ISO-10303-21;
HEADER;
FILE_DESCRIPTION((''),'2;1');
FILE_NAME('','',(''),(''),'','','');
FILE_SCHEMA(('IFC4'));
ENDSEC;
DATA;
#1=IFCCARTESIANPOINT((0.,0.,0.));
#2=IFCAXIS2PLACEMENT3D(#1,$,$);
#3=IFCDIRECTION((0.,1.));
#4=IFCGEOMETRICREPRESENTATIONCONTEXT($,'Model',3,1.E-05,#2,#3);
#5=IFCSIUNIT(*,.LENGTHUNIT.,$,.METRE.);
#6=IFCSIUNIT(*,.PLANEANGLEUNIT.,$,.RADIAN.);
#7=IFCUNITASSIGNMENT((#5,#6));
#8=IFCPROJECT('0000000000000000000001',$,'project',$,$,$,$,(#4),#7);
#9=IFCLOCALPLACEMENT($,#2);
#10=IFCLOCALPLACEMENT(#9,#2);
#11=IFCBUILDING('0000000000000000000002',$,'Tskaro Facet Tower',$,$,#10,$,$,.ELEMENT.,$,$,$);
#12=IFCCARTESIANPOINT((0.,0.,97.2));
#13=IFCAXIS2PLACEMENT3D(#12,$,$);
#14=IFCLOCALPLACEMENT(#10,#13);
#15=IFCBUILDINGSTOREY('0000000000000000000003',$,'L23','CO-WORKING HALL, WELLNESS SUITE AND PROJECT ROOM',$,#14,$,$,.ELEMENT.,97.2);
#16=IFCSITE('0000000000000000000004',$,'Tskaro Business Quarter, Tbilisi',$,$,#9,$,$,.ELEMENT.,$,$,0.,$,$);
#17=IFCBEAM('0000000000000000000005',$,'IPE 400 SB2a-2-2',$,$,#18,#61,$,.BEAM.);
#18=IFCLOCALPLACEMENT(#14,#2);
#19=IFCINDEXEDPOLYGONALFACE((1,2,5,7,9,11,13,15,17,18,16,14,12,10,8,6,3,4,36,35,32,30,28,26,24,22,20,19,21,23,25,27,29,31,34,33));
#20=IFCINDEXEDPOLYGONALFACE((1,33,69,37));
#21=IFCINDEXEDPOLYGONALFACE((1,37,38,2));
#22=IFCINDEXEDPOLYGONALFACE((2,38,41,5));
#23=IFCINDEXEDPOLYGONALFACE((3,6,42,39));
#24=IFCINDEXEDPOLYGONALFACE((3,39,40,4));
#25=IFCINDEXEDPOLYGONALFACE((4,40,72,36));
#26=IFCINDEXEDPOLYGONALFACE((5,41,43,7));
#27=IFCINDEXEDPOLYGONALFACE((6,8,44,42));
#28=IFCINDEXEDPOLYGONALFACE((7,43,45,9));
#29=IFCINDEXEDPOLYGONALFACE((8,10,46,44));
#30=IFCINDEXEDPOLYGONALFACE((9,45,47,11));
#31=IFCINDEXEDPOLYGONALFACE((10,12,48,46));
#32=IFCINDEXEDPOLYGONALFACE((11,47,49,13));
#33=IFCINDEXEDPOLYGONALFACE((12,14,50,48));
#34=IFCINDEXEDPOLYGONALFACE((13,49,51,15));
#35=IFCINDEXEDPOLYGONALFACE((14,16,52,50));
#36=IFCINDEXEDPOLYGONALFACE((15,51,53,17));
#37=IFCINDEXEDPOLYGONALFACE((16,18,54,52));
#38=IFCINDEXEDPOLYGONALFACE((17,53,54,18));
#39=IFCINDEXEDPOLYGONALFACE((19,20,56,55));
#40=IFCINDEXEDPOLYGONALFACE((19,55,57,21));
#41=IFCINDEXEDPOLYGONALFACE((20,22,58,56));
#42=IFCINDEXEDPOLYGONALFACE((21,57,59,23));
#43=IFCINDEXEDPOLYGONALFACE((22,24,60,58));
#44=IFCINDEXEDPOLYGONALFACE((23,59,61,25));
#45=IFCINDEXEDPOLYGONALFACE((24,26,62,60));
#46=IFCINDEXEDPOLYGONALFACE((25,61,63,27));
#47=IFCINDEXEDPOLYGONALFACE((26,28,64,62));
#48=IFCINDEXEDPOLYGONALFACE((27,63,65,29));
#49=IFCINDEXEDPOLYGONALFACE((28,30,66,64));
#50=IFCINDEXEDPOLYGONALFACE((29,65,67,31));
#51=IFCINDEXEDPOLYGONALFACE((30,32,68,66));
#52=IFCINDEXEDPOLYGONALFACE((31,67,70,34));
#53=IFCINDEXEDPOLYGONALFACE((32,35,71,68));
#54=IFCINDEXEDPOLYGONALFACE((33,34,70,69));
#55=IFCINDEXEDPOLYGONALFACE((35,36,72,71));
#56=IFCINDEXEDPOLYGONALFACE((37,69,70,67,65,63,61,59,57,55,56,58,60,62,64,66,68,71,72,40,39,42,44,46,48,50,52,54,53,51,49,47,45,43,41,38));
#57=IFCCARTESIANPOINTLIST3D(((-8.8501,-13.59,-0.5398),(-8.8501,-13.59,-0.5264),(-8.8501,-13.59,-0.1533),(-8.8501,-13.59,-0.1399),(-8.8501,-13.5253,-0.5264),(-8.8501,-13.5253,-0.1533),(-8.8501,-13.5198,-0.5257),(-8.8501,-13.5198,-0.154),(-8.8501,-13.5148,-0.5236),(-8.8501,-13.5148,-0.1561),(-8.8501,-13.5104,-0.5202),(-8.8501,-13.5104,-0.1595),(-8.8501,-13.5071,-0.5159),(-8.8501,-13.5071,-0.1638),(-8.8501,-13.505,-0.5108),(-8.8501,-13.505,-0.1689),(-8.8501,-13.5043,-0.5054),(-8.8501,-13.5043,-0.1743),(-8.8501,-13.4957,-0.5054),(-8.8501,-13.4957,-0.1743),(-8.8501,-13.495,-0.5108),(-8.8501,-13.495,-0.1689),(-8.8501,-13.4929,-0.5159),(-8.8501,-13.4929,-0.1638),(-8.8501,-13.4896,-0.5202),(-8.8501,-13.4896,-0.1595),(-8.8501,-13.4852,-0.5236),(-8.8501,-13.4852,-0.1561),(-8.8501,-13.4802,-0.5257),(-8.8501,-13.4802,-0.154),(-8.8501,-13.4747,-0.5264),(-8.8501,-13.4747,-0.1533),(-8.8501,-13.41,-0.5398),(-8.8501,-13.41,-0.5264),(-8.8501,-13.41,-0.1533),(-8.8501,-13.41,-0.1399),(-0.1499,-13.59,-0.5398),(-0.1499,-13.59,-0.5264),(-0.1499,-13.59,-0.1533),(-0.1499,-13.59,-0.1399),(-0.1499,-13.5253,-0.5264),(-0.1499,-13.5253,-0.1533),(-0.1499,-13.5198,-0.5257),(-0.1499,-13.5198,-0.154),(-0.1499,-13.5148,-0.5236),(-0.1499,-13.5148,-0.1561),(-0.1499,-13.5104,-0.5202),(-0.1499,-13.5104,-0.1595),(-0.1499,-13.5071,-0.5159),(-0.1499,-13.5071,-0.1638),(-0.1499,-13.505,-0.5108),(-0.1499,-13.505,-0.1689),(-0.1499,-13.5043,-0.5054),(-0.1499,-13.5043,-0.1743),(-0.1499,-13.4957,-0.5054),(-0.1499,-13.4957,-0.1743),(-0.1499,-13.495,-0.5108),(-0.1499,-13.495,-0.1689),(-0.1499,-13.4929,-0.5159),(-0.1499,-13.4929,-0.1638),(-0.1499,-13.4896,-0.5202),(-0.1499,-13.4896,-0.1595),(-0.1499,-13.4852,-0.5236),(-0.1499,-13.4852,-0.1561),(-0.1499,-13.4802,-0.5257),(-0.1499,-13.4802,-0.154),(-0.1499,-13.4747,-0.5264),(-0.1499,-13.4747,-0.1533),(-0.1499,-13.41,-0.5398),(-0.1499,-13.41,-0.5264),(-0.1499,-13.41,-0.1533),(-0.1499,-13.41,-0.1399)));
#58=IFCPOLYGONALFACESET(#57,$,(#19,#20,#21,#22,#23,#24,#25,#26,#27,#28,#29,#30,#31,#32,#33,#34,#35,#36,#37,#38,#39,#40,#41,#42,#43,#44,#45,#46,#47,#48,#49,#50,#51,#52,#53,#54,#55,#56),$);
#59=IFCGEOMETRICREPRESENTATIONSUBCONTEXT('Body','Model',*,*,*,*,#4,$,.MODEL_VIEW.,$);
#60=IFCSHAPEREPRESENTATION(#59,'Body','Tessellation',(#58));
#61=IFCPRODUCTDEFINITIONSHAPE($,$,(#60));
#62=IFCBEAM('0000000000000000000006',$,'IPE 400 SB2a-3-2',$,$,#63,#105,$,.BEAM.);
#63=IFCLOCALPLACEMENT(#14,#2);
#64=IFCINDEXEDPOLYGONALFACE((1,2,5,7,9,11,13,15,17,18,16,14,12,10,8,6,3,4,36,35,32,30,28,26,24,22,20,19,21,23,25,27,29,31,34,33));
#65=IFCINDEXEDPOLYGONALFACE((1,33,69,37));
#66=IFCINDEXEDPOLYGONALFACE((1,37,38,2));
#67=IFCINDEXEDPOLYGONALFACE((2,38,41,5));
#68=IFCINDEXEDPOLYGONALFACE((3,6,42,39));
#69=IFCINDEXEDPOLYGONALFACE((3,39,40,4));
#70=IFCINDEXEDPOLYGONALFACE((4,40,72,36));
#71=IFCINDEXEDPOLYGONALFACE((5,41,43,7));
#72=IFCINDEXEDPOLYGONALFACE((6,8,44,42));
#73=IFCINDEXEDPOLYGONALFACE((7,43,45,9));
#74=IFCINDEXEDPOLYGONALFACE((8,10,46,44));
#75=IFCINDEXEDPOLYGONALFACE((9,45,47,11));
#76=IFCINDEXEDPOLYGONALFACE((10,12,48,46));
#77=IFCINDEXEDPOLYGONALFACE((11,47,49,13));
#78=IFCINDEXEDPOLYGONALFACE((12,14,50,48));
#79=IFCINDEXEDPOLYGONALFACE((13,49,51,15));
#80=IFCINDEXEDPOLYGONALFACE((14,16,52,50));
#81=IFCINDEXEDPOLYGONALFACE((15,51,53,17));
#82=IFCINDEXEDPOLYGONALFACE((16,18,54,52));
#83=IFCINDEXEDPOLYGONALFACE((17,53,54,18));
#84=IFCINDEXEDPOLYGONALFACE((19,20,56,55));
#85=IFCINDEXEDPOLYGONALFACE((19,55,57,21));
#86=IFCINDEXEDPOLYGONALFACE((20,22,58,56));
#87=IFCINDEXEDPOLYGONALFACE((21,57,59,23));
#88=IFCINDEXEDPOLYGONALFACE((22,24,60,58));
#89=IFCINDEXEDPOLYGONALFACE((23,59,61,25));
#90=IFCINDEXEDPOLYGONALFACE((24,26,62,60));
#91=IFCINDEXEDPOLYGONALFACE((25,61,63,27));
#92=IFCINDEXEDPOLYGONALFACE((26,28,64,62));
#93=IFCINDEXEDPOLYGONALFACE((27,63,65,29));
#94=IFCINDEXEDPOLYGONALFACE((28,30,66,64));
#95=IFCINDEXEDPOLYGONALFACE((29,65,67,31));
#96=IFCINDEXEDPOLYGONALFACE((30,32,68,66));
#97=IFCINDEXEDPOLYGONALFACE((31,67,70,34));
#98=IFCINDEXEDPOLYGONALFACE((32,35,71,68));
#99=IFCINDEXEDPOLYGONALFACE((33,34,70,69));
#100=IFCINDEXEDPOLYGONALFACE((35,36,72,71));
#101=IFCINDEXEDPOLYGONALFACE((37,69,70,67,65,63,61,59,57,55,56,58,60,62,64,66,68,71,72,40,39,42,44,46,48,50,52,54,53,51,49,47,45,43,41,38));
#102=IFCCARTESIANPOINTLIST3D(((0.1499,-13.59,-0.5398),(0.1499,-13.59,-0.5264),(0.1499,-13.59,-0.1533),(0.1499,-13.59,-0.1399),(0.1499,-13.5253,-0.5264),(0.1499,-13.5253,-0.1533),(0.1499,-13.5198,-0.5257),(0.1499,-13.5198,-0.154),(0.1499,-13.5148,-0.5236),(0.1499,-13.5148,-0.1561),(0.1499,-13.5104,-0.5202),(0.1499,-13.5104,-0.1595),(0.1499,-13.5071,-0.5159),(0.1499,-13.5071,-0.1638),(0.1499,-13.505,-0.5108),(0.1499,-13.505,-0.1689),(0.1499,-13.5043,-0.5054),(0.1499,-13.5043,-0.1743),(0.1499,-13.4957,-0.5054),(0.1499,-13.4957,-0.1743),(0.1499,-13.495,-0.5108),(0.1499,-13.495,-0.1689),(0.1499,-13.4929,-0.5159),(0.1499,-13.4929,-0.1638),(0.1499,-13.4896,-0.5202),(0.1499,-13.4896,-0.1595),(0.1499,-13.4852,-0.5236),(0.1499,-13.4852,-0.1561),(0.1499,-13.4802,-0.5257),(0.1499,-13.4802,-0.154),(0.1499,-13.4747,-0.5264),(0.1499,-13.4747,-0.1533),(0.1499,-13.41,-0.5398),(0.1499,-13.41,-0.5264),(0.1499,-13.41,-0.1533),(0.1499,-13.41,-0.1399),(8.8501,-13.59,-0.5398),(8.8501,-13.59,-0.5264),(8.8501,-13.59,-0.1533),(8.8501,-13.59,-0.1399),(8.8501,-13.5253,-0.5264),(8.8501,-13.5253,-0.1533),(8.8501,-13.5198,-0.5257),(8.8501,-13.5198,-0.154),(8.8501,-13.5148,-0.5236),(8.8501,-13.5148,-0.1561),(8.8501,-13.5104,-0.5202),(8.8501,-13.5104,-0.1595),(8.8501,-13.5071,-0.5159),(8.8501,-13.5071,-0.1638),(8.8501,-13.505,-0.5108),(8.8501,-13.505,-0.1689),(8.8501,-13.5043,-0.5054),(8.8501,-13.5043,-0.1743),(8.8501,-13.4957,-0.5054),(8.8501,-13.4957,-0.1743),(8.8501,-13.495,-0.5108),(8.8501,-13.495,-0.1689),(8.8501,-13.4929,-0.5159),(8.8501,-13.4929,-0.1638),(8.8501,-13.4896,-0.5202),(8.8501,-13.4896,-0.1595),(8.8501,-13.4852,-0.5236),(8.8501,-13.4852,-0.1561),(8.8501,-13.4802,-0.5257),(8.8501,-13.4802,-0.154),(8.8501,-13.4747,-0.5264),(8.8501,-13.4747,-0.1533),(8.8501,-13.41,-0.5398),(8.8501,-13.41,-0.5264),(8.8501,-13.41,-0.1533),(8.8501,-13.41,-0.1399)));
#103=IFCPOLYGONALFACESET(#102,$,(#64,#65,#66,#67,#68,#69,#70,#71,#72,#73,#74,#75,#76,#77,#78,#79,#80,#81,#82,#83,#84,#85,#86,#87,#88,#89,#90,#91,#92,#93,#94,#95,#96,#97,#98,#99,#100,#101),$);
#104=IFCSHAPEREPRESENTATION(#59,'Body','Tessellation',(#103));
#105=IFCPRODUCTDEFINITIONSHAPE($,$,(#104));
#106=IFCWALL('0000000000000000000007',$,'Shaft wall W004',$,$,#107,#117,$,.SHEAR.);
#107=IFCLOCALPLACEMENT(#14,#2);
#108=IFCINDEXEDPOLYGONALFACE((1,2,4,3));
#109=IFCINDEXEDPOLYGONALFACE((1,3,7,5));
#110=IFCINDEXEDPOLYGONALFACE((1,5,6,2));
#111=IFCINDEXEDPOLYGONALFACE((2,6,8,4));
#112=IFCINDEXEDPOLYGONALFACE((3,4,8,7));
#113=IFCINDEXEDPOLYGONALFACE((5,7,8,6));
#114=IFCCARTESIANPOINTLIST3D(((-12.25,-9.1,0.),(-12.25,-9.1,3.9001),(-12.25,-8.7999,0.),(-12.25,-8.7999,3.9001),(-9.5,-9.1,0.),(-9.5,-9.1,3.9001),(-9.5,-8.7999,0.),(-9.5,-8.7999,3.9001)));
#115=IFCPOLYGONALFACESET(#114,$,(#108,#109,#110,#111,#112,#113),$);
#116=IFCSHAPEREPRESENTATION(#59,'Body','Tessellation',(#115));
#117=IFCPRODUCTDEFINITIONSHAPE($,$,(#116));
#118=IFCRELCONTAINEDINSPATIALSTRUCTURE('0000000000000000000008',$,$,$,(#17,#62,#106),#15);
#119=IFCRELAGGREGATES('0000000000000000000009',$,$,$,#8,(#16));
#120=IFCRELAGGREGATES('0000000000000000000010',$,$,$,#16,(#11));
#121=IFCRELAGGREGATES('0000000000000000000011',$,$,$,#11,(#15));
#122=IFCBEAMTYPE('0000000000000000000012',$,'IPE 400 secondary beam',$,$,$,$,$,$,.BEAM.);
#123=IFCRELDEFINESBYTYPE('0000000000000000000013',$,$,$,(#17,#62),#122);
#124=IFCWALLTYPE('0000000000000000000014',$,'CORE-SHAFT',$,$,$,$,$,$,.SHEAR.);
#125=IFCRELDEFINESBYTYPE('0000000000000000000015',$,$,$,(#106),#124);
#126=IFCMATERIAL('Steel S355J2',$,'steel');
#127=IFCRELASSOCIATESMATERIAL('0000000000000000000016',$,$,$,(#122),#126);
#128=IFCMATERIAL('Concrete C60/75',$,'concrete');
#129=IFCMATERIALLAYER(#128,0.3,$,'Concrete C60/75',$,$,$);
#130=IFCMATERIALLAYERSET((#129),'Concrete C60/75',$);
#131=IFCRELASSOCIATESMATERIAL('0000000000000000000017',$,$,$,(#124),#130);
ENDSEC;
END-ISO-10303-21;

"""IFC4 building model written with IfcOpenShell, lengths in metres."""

from ifc_helpers import new_model, si_unit, direction, frame, frame_2d, origin, origin_2d, place, context, subcontext, project, spatial, rectangle, i_section, extrude, material, layer, layer_set, material_profile, profile_set, type_object, element, save


model = new_model("IFC4")

# Units and contexts
model_context = context("Model", 3, precision=1e-05, world=origin(), true_north=direction((0.0, 1.0)))
body_context = subcontext(model_context, "Body", "Model", "MODEL_VIEW")
ifc_project = project(units=[si_unit("LENGTHUNIT", "METRE"), si_unit("PLANEANGLEUNIT", "RADIAN")], contexts=[model_context])

# Site, building, storey
site_placement = place(None, origin())
site = spatial("IfcSite", under=ifc_project, at=site_placement, Name="Tskaro Business Quarter, Tbilisi", CompositionType="ELEMENT", RefElevation=0.0)
building_placement = place(site_placement, origin())
building = spatial("IfcBuilding", under=site, at=building_placement, Name="Tskaro Facet Tower", CompositionType="ELEMENT")
storey_placement = place(building_placement, frame((0.0, 0.0, 97.2)))
storey = spatial("IfcBuildingStorey", under=building, at=storey_placement, Name="L23", Description="CO-WORKING HALL, WELLNESS SUITE AND PROJECT ROOM", CompositionType="ELEMENT", Elevation=97.2)

# Beams
ifc_material_1 = material(Name="Steel S355J2", Category="steel")
ifc_material_profile = material_profile(ifc_material_1, i_section(OverallWidth=0.1799, OverallDepth=0.3999, WebThickness=0.0085, FlangeThickness=0.0134, FilletRadius=0.021, at=origin_2d()), Name="IPE 400")
ifc_profile_set = profile_set([ifc_material_profile], Name="Steel S355J2")
beam_type = type_object("IfcBeamType", Name="IPE 400 secondary beam", PredefinedType="BEAM", material=ifc_profile_set)
for number, where, z_axis, x_axis, name in (
    (1, (-8.8501, -13.5, -0.3398), (1.0, 0.0, 0.0), (0.0, 1.0, 0.0), "IPE 400 SB2a-2-2"),
    (2, (0.1499, -13.5, -0.3398), (1.0, 0.0, 0.0), (0.0, 1.0, 0.0), "IPE 400 SB2a-3-2"),
):
    element("IfcBeam", number, at=place(storey_placement, frame(where, z_axis=z_axis, x_axis=x_axis)), inside=storey, type_object=beam_type, Name=name, PredefinedType="BEAM", context=body_context, shape_type="SweptSolid", body=[
        extrude(i_section(OverallWidth=0.1799, OverallDepth=0.3999, WebThickness=0.0085, FlangeThickness=0.0134, FilletRadius=0.021, at=origin_2d()), origin(), (0.0, 0.0, 1.0), 8.7002),
    ])

# Wall
ifc_material_2 = material(Name="Concrete C60/75", Category="concrete")
ifc_layer_1 = layer(ifc_material_2, 0.3, Name="Concrete C60/75")
ifc_layer_set_1 = layer_set([ifc_layer_1], Name="Concrete C60/75")
wall_type_1 = type_object("IfcWallType", Name="CORE-SHAFT", PredefinedType="SHEAR", material=ifc_layer_set_1)
wall_1_placement = place(storey_placement, frame((-12.25, -8.95, 0.0), z_axis=(0.0, 0.0, 1.0), x_axis=(1.0, 0.0, 0.0)))
element("IfcWall", 3, at=wall_1_placement, inside=storey, type_object=wall_type_1, Name="Shaft wall W004", PredefinedType="SHEAR", context=body_context, shape_type="SweptSolid", body=[
    extrude(rectangle(XDim=2.75, YDim=0.3, at=frame_2d((1.375, 0.0))), origin(), (0.0, 0.0, 1.0), 3.9001),
])

save(model, "model.ifc")
